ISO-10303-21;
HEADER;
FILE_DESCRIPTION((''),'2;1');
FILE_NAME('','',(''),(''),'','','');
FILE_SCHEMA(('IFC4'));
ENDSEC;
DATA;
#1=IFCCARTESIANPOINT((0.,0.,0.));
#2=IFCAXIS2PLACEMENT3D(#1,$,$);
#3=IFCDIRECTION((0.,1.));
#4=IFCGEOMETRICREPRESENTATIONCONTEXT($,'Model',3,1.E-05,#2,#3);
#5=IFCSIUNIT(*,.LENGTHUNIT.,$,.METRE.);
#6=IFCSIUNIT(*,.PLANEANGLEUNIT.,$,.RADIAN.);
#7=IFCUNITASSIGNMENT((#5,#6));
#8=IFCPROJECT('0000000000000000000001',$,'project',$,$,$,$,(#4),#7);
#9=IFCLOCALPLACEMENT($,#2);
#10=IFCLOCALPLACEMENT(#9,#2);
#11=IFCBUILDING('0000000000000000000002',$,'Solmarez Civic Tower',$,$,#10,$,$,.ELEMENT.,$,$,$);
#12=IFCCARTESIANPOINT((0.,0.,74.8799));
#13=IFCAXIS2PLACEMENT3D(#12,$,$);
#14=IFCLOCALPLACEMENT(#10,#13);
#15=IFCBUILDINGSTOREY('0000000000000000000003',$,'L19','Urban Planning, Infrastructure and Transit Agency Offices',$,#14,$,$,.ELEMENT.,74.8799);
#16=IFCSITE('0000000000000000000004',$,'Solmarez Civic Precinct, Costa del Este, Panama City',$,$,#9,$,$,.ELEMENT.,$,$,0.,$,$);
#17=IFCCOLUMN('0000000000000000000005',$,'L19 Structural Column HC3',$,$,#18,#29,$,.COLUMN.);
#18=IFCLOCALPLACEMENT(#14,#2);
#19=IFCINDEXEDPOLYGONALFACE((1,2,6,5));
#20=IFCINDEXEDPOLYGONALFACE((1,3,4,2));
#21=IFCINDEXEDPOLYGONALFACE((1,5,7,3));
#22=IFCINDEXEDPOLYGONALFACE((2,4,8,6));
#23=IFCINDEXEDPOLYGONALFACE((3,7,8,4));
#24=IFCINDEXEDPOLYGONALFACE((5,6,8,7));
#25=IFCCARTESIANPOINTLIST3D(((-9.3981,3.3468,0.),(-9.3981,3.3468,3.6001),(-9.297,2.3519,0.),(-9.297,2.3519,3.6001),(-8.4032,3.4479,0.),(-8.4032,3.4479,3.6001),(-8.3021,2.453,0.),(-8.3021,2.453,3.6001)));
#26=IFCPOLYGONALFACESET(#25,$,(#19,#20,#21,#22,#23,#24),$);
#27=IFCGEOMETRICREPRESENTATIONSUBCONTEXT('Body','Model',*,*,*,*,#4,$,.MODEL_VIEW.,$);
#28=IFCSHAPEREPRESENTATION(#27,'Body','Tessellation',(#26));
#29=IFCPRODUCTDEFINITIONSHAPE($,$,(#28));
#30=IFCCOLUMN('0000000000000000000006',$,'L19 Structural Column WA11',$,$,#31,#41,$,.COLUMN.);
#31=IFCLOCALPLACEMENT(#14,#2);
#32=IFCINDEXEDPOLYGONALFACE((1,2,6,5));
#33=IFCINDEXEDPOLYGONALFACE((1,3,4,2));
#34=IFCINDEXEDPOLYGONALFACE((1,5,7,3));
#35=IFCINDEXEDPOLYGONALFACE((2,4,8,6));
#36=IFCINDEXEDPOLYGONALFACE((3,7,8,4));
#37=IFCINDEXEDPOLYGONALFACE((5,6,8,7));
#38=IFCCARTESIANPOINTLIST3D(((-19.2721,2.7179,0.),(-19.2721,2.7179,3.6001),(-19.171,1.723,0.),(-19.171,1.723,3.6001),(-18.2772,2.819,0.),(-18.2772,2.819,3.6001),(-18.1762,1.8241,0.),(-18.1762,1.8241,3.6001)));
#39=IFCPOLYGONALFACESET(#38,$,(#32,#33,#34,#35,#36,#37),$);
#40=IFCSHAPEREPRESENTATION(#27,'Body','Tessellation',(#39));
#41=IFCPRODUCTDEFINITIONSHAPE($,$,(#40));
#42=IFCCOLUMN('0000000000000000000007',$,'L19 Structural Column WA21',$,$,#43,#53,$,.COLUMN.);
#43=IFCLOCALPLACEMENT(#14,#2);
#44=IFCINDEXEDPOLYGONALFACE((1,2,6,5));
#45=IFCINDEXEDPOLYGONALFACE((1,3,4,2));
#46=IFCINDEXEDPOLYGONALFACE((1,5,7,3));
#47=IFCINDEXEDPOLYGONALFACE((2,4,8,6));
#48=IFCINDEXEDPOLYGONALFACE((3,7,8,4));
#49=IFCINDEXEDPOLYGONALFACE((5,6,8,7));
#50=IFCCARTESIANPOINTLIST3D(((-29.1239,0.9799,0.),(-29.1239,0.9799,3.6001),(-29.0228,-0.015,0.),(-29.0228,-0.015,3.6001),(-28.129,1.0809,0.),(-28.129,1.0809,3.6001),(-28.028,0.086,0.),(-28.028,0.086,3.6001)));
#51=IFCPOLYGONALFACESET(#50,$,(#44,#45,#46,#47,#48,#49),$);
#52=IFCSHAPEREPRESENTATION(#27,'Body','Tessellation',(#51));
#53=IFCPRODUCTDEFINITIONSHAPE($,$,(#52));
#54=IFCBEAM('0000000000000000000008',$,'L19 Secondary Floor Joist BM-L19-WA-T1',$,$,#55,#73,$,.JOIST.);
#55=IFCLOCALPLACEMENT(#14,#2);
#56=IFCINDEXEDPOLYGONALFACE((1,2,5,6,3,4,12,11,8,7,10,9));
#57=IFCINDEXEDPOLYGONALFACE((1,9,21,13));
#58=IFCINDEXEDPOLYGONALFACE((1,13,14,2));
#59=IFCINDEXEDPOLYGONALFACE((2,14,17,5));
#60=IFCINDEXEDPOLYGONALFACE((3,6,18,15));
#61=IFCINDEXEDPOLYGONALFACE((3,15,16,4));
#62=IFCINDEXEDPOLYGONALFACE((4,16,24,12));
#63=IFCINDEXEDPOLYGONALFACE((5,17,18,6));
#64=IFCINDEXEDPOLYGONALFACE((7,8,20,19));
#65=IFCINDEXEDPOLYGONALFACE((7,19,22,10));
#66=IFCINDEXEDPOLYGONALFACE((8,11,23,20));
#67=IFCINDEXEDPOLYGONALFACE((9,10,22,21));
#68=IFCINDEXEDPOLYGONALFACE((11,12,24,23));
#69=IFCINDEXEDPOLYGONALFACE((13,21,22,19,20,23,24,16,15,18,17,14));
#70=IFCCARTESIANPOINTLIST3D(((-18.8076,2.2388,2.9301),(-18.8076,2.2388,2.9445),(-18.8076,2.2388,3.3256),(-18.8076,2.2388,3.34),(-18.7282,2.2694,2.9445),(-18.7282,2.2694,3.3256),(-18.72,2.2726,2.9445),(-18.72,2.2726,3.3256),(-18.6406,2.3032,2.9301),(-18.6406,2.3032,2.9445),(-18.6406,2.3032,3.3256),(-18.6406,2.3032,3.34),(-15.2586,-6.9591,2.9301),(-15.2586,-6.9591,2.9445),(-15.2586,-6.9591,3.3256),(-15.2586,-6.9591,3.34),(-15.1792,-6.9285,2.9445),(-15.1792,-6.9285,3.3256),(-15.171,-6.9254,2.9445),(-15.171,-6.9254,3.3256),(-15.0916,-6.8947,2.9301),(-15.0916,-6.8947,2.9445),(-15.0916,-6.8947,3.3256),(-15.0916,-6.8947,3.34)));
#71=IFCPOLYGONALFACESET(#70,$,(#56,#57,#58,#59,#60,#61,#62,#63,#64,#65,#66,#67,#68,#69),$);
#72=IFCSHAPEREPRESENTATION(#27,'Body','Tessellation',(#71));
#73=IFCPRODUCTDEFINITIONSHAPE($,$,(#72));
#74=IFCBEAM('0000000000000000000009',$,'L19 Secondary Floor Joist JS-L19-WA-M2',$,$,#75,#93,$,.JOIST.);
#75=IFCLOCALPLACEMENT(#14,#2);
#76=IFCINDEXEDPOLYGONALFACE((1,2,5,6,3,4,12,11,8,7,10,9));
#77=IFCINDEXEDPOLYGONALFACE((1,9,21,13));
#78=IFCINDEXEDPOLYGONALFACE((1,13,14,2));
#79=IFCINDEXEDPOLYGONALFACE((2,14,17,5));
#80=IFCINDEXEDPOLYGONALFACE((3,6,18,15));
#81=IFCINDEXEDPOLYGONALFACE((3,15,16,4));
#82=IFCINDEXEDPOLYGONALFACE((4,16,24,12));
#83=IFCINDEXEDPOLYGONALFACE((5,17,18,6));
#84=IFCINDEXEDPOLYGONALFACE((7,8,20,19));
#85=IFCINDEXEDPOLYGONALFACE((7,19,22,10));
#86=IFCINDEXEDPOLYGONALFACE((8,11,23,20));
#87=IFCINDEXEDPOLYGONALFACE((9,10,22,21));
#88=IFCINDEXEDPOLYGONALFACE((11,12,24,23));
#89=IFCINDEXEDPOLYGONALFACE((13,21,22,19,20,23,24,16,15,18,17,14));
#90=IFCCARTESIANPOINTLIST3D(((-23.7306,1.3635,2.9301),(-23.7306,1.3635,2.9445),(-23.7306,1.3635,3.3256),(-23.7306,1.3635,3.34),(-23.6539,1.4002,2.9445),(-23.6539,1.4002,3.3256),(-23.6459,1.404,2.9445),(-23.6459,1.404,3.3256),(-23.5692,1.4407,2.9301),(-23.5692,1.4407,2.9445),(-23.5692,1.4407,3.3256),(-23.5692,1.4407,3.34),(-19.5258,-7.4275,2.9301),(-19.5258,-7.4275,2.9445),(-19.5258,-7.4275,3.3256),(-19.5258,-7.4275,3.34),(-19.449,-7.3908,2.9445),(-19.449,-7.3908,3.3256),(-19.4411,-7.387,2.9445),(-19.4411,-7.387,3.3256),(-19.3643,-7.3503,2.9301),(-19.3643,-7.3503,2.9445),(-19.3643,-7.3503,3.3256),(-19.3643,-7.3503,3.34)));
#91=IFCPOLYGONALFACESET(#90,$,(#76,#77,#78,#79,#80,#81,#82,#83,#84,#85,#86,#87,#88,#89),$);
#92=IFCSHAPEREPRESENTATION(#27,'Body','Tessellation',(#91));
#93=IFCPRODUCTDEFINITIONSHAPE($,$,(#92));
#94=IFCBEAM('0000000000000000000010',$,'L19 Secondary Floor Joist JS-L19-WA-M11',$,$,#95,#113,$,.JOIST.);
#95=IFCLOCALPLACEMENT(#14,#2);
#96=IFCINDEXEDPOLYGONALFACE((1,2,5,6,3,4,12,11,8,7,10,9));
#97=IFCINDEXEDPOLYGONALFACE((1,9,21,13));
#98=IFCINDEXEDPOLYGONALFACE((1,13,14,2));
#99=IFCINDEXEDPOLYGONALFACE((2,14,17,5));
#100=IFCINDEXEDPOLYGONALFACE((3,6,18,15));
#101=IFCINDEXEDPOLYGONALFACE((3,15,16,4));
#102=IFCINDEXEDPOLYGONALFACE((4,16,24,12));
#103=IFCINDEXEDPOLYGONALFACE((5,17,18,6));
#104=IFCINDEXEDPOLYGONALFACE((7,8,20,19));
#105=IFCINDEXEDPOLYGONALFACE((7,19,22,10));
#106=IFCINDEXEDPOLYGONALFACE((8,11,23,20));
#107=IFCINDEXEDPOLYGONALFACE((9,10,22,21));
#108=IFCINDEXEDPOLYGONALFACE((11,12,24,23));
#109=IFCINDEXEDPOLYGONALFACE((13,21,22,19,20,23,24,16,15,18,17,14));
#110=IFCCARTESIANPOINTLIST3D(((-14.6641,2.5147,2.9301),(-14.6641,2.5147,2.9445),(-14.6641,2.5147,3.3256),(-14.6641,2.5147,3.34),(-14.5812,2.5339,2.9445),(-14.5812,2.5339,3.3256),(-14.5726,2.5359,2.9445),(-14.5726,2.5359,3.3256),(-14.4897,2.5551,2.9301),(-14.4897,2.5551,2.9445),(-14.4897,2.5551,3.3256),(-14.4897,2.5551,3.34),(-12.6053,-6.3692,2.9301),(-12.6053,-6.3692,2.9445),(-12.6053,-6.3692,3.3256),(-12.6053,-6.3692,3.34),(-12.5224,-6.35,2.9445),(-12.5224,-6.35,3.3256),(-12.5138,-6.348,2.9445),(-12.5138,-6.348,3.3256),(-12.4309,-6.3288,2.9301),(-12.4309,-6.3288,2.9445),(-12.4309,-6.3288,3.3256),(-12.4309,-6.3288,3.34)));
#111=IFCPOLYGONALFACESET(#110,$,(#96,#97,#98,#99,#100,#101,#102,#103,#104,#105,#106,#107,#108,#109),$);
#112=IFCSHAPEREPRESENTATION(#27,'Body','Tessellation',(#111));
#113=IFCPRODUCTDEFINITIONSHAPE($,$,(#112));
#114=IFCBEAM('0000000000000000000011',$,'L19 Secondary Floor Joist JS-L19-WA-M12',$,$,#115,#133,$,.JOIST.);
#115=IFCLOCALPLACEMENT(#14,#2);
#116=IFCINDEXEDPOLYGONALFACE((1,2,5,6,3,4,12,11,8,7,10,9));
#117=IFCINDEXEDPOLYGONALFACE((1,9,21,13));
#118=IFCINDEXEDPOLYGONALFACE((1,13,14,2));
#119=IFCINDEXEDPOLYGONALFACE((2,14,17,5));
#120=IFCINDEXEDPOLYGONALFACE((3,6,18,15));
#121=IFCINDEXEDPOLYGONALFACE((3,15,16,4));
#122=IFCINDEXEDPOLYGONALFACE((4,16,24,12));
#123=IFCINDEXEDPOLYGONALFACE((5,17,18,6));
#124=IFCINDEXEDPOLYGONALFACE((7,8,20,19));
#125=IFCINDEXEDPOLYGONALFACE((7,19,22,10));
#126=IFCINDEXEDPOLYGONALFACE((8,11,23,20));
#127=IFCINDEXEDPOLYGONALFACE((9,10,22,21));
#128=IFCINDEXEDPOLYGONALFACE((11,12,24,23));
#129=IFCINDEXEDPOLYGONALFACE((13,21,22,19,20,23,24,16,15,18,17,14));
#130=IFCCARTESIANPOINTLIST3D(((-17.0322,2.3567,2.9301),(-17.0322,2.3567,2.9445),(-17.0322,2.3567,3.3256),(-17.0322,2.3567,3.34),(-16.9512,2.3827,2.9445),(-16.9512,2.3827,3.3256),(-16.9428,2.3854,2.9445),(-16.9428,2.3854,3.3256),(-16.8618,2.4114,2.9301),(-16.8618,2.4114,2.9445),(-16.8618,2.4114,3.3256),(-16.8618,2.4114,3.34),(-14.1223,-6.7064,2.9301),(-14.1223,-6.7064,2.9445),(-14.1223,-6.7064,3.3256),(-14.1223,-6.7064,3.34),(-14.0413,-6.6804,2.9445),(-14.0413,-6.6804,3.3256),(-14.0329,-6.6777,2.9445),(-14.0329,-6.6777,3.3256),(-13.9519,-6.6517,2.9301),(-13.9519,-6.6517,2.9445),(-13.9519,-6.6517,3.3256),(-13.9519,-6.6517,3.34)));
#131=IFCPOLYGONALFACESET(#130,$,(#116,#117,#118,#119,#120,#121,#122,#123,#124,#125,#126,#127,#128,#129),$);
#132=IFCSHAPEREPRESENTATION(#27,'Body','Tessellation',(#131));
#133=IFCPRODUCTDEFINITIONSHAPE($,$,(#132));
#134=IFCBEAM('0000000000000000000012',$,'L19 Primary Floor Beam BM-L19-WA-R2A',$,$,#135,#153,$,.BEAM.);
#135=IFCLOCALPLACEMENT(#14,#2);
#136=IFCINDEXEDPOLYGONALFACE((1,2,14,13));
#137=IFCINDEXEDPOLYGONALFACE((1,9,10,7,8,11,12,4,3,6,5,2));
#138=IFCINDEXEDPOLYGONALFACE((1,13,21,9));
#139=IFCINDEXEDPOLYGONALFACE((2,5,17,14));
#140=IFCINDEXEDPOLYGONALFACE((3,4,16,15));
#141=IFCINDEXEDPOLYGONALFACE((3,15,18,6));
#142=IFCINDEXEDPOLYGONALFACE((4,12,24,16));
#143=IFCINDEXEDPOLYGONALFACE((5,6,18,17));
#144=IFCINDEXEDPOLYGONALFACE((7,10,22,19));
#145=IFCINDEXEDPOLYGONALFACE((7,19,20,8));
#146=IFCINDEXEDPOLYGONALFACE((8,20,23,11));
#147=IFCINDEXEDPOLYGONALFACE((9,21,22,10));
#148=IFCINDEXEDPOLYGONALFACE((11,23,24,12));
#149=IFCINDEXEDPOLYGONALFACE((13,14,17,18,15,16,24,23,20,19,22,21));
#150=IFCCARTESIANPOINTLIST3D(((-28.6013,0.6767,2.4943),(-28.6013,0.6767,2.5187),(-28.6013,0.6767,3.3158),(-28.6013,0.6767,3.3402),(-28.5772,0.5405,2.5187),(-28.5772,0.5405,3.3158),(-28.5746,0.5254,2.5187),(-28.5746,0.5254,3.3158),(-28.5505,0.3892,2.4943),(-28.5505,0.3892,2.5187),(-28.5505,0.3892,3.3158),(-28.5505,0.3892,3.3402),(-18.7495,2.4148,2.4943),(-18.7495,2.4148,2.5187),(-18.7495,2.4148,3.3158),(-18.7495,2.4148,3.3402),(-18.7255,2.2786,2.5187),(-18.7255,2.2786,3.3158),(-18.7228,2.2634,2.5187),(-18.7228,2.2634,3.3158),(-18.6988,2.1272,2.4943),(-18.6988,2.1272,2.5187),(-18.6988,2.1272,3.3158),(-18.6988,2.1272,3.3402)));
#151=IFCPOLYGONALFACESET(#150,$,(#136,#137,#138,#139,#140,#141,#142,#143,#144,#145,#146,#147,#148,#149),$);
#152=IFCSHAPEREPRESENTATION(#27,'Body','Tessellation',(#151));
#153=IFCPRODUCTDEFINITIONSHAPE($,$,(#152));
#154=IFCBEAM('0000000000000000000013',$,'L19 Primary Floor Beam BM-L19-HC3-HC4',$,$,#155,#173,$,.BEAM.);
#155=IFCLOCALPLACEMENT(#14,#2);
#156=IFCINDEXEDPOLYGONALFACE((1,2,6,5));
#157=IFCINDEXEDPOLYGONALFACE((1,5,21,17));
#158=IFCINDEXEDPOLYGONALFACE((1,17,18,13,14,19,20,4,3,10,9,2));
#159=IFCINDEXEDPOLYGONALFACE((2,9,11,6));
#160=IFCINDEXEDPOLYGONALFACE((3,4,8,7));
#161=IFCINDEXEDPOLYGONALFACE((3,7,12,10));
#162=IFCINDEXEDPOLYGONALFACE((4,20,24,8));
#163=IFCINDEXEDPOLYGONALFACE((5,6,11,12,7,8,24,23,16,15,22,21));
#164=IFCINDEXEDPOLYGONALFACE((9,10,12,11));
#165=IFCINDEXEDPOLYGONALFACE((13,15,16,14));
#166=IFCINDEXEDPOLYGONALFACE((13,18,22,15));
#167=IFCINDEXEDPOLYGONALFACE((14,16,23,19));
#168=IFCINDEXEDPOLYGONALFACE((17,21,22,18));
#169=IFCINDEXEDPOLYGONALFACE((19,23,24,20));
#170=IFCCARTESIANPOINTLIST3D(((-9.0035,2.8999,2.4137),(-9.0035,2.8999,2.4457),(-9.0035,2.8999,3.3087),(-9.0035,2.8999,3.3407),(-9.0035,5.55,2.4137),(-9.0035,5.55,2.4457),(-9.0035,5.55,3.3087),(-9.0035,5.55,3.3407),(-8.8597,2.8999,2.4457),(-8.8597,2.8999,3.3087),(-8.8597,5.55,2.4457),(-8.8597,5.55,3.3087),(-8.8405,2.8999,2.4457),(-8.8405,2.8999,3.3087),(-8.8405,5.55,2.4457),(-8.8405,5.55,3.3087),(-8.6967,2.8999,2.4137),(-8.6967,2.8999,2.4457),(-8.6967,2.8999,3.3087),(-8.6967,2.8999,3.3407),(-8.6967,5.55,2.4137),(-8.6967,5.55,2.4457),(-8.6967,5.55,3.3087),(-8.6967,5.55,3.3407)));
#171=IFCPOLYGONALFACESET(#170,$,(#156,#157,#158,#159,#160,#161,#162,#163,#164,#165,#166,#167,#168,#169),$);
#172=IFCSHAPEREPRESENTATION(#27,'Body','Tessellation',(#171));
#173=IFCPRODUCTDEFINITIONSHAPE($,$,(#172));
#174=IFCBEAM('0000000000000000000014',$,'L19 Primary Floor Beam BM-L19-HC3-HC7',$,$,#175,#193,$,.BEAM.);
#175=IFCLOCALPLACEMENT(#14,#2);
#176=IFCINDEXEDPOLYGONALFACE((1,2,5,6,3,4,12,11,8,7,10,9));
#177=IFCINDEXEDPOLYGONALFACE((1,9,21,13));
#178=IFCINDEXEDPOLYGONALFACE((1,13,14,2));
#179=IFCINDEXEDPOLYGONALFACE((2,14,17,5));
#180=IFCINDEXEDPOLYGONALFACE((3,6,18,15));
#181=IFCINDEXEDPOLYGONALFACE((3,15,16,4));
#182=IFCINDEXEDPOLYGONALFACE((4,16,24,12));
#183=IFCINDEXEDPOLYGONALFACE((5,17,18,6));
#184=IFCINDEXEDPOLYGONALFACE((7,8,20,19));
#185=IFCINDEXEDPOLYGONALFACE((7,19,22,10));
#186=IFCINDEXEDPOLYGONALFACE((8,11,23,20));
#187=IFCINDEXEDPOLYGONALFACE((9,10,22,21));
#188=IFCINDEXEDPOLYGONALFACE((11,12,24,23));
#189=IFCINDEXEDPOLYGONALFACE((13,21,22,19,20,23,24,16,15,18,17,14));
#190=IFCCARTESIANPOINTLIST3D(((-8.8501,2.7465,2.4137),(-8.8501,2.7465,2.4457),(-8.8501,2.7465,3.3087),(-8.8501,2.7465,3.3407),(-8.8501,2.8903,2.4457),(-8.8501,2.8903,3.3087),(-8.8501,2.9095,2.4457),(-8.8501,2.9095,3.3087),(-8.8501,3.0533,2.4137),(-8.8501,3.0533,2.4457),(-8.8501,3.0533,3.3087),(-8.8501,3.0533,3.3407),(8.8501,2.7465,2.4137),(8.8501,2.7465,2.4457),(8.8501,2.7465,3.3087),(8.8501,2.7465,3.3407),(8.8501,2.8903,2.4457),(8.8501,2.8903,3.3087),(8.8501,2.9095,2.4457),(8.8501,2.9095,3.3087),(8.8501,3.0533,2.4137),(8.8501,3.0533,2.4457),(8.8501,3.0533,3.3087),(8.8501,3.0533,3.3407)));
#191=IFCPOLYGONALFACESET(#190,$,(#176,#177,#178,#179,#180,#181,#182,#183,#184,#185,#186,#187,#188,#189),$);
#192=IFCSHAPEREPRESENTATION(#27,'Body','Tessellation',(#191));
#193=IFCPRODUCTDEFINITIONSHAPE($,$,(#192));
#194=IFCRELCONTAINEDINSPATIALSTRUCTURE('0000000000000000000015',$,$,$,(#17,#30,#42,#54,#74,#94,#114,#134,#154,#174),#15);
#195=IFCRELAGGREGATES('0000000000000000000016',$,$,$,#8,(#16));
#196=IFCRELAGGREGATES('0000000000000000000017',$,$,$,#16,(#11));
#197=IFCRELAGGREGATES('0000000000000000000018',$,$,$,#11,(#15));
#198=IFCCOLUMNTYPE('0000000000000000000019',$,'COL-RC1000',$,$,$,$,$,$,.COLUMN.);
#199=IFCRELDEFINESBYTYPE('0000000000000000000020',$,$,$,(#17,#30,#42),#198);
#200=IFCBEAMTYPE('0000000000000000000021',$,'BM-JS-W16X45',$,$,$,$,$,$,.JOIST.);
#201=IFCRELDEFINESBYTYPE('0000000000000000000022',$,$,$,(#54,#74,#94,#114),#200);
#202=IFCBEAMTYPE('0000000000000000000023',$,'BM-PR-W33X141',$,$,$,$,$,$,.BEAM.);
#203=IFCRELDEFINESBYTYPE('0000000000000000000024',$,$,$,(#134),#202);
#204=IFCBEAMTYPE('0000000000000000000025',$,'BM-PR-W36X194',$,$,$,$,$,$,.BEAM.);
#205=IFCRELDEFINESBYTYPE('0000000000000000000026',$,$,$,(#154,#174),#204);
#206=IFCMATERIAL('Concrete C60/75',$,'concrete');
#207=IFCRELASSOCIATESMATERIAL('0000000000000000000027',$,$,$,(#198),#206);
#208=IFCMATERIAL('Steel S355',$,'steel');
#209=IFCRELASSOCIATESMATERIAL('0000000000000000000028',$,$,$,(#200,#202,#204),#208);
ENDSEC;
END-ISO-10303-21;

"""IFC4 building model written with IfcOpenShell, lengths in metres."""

from ifc_helpers import new_model, si_unit, direction, frame, origin, origin_2d, place, context, subcontext, project, spatial, rectangle, i_section, extrude, material, material_profile, profile_set, type_object, element, save


model = new_model("IFC4")

# Units and contexts
model_context = context("Model", 3, precision=1e-05, world=origin(), true_north=direction((0.0, 1.0)))
body_context = subcontext(model_context, "Body", "Model", "MODEL_VIEW")
ifc_project = project(units=[si_unit("LENGTHUNIT", "METRE"), si_unit("PLANEANGLEUNIT", "RADIAN")], contexts=[model_context])

# Site, building, storey
site_placement = place(None, origin())
site = spatial("IfcSite", under=ifc_project, at=site_placement, Name="Solmarez Civic Precinct, Costa del Este, Panama City", CompositionType="ELEMENT", RefElevation=0.0)
building_placement = place(site_placement, origin())
building = spatial("IfcBuilding", under=site, at=building_placement, Name="Solmarez Civic Tower", CompositionType="ELEMENT")
storey_placement = place(building_placement, frame((0.0, 0.0, 74.8799)))
storey = spatial("IfcBuildingStorey", under=building, at=storey_placement, Name="L19", Description="Urban Planning, Infrastructure and Transit Agency Offices", CompositionType="ELEMENT", Elevation=74.8799)

# Columns
ifc_material_1 = material(Name="Concrete C60/75", Category="concrete")
ifc_material_profile_1 = material_profile(ifc_material_1, rectangle(XDim=1.0, YDim=1.0, at=origin_2d()), Name="RC1000X1000")
ifc_profile_set_1 = profile_set([ifc_material_profile_1], Name="Concrete C60/75")
column_type = type_object("IfcColumnType", Name="COL-RC1000", PredefinedType="COLUMN", material=ifc_profile_set_1)
for number, where, z_axis, x_axis, name in (
    (1, (-8.8501, 2.8999, 0.0), (0.0, 0.0, 1.0), (0.994881, 0.101056, 0.0), "L19 Structural Column HC3"),
    (2, (-18.7241, 2.271, 0.0), (0.0, 0.0, 1.0), (0.994881, 0.101056, 0.0), "L19 Structural Column WA11"),
    (3, (-28.5759, 0.533, 0.0), (0.0, 0.0, 1.0), (0.994881, 0.101056, 0.0), "L19 Structural Column WA21"),
):
    element("IfcColumn", number, at=place(storey_placement, frame(where, z_axis=z_axis, x_axis=x_axis)), inside=storey, type_object=column_type, Name=name, PredefinedType="COLUMN", context=body_context, shape_type="SweptSolid", body=[
        extrude(rectangle(XDim=1.0, YDim=1.0, at=origin_2d()), origin(), (0.0, 0.0, 1.0), 3.6001),
    ])

# Beams
ifc_material_2 = material(Name="Steel S355", Category="steel")
ifc_material_profile_2 = material_profile(ifc_material_2, i_section(OverallWidth=0.179, OverallDepth=0.4099, WebThickness=0.0088, FlangeThickness=0.0144, at=origin_2d()), Name="W16X45")
ifc_profile_set_2 = profile_set([ifc_material_profile_2], Name="Steel S355")
beam_type_1 = type_object("IfcBeamType", Name="BM-JS-W16X45", PredefinedType="JOIST", material=ifc_profile_set_2)
beam_1_placement = place(storey_placement, frame((-18.7241, 2.271, 3.135), z_axis=(0.359984, -0.932958, 0.0), x_axis=(0.932958, 0.359984, 0.0)))
element("IfcBeam", 4, at=beam_1_placement, inside=storey, type_object=beam_type_1, Name="L19 Secondary Floor Joist BM-L19-WA-T1", PredefinedType="JOIST", context=body_context, shape_type="SweptSolid", body=[
    extrude(i_section(OverallWidth=0.179, OverallDepth=0.4099, WebThickness=0.0088, FlangeThickness=0.0144, at=origin_2d()), origin(), (0.0, 0.0, 1.0), 9.8589),
])
beam_2_placement = place(storey_placement, frame((-23.6499, 1.4021, 3.135), z_axis=(0.431492, -0.902117, 0.0), x_axis=(0.902117, 0.431492, 0.0)))
element("IfcBeam", 5, at=beam_2_placement, inside=storey, type_object=beam_type_1, Name="L19 Secondary Floor Joist JS-L19-WA-M2", PredefinedType="JOIST", context=body_context, shape_type="SweptSolid", body=[
    extrude(i_section(OverallWidth=0.179, OverallDepth=0.4099, WebThickness=0.0088, FlangeThickness=0.0144, at=origin_2d()), origin(), (0.0, 0.0, 1.0), 9.7449),
])
beam_3_placement = place(storey_placement, frame((-14.5769, 2.5349, 3.135), z_axis=(0.225763, -0.974182, 0.0), x_axis=(0.974182, 0.225763, 0.0)))
element("IfcBeam", 6, at=beam_3_placement, inside=storey, type_object=beam_type_1, Name="L19 Secondary Floor Joist JS-L19-WA-M11", PredefinedType="JOIST", context=body_context, shape_type="SweptSolid", body=[
    extrude(i_section(OverallWidth=0.179, OverallDepth=0.4099, WebThickness=0.0088, FlangeThickness=0.0144, at=origin_2d()), origin(), (0.0, 0.0, 1.0), 9.1194),
])
beam_4_placement = place(storey_placement, frame((-16.947, 2.384, 3.135), z_axis=(0.305705, -0.952126, 0.0), x_axis=(0.952126, 0.305705, 0.0)))
element("IfcBeam", 7, at=beam_4_placement, inside=storey, type_object=beam_type_1, Name="L19 Secondary Floor Joist JS-L19-WA-M12", PredefinedType="JOIST", context=body_context, shape_type="SweptSolid", body=[
    extrude(i_section(OverallWidth=0.179, OverallDepth=0.4099, WebThickness=0.0088, FlangeThickness=0.0144, at=origin_2d()), origin(), (0.0, 0.0, 1.0), 9.5188),
])
ifc_material_profile_3 = material_profile(ifc_material_2, i_section(OverallWidth=0.292, OverallDepth=0.8459, WebThickness=0.0154, FlangeThickness=0.0244, at=origin_2d()), Name="W33X141")
ifc_profile_set_3 = profile_set([ifc_material_profile_3], Name="Steel S355")
beam_type_2 = type_object("IfcBeamType", Name="BM-PR-W33X141", PredefinedType="BEAM", material=ifc_profile_set_3)
beam_5_placement = place(storey_placement, frame((-18.7241, 2.271, 2.9172), z_axis=(-0.984792, -0.173735, 0.0), x_axis=(0.173735, -0.984792, 0.0)))
element("IfcBeam", 8, at=beam_5_placement, inside=storey, type_object=beam_type_2, Name="L19 Primary Floor Beam BM-L19-WA-R2A", PredefinedType="BEAM", context=body_context, shape_type="SweptSolid", body=[
    extrude(i_section(OverallWidth=0.292, OverallDepth=0.8459, WebThickness=0.0154, FlangeThickness=0.0244, at=origin_2d()), origin(), (0.0, 0.0, 1.0), 10.0039),
])
ifc_material_profile_4 = material_profile(ifc_material_2, i_section(OverallWidth=0.3069, OverallDepth=0.927, WebThickness=0.0193, FlangeThickness=0.032, at=origin_2d()), Name="W36X194")
ifc_profile_set_4 = profile_set([ifc_material_profile_4], Name="Steel S355")
beam_type_3 = type_object("IfcBeamType", Name="BM-PR-W36X194", PredefinedType="BEAM", material=ifc_profile_set_4)
beam_6_placement = place(storey_placement, frame((-8.8501, 2.8999, 2.8772), z_axis=(0.0, 1.0, 0.0), x_axis=(-1.0, 0.0, 0.0)))
element("IfcBeam", 9, at=beam_6_placement, inside=storey, type_object=beam_type_3, Name="L19 Primary Floor Beam BM-L19-HC3-HC4", PredefinedType="BEAM", context=body_context, shape_type="SweptSolid", body=[
    extrude(i_section(OverallWidth=0.3069, OverallDepth=0.927, WebThickness=0.0193, FlangeThickness=0.032, at=origin_2d()), origin(), (0.0, 0.0, 1.0), 2.6501),
])
beam_7_placement = place(storey_placement, frame((-8.8501, 2.8999, 2.8772), z_axis=(1.0, 0.0, 0.0), x_axis=(0.0, 1.0, 0.0)))
element("IfcBeam", 10, at=beam_7_placement, inside=storey, type_object=beam_type_3, Name="L19 Primary Floor Beam BM-L19-HC3-HC7", PredefinedType="BEAM", context=body_context, shape_type="SweptSolid", body=[
    extrude(i_section(OverallWidth=0.3069, OverallDepth=0.927, WebThickness=0.0193, FlangeThickness=0.032, at=origin_2d()), origin(), (0.0, 0.0, 1.0), 17.7002),
])

save(model, "model.ifc")
